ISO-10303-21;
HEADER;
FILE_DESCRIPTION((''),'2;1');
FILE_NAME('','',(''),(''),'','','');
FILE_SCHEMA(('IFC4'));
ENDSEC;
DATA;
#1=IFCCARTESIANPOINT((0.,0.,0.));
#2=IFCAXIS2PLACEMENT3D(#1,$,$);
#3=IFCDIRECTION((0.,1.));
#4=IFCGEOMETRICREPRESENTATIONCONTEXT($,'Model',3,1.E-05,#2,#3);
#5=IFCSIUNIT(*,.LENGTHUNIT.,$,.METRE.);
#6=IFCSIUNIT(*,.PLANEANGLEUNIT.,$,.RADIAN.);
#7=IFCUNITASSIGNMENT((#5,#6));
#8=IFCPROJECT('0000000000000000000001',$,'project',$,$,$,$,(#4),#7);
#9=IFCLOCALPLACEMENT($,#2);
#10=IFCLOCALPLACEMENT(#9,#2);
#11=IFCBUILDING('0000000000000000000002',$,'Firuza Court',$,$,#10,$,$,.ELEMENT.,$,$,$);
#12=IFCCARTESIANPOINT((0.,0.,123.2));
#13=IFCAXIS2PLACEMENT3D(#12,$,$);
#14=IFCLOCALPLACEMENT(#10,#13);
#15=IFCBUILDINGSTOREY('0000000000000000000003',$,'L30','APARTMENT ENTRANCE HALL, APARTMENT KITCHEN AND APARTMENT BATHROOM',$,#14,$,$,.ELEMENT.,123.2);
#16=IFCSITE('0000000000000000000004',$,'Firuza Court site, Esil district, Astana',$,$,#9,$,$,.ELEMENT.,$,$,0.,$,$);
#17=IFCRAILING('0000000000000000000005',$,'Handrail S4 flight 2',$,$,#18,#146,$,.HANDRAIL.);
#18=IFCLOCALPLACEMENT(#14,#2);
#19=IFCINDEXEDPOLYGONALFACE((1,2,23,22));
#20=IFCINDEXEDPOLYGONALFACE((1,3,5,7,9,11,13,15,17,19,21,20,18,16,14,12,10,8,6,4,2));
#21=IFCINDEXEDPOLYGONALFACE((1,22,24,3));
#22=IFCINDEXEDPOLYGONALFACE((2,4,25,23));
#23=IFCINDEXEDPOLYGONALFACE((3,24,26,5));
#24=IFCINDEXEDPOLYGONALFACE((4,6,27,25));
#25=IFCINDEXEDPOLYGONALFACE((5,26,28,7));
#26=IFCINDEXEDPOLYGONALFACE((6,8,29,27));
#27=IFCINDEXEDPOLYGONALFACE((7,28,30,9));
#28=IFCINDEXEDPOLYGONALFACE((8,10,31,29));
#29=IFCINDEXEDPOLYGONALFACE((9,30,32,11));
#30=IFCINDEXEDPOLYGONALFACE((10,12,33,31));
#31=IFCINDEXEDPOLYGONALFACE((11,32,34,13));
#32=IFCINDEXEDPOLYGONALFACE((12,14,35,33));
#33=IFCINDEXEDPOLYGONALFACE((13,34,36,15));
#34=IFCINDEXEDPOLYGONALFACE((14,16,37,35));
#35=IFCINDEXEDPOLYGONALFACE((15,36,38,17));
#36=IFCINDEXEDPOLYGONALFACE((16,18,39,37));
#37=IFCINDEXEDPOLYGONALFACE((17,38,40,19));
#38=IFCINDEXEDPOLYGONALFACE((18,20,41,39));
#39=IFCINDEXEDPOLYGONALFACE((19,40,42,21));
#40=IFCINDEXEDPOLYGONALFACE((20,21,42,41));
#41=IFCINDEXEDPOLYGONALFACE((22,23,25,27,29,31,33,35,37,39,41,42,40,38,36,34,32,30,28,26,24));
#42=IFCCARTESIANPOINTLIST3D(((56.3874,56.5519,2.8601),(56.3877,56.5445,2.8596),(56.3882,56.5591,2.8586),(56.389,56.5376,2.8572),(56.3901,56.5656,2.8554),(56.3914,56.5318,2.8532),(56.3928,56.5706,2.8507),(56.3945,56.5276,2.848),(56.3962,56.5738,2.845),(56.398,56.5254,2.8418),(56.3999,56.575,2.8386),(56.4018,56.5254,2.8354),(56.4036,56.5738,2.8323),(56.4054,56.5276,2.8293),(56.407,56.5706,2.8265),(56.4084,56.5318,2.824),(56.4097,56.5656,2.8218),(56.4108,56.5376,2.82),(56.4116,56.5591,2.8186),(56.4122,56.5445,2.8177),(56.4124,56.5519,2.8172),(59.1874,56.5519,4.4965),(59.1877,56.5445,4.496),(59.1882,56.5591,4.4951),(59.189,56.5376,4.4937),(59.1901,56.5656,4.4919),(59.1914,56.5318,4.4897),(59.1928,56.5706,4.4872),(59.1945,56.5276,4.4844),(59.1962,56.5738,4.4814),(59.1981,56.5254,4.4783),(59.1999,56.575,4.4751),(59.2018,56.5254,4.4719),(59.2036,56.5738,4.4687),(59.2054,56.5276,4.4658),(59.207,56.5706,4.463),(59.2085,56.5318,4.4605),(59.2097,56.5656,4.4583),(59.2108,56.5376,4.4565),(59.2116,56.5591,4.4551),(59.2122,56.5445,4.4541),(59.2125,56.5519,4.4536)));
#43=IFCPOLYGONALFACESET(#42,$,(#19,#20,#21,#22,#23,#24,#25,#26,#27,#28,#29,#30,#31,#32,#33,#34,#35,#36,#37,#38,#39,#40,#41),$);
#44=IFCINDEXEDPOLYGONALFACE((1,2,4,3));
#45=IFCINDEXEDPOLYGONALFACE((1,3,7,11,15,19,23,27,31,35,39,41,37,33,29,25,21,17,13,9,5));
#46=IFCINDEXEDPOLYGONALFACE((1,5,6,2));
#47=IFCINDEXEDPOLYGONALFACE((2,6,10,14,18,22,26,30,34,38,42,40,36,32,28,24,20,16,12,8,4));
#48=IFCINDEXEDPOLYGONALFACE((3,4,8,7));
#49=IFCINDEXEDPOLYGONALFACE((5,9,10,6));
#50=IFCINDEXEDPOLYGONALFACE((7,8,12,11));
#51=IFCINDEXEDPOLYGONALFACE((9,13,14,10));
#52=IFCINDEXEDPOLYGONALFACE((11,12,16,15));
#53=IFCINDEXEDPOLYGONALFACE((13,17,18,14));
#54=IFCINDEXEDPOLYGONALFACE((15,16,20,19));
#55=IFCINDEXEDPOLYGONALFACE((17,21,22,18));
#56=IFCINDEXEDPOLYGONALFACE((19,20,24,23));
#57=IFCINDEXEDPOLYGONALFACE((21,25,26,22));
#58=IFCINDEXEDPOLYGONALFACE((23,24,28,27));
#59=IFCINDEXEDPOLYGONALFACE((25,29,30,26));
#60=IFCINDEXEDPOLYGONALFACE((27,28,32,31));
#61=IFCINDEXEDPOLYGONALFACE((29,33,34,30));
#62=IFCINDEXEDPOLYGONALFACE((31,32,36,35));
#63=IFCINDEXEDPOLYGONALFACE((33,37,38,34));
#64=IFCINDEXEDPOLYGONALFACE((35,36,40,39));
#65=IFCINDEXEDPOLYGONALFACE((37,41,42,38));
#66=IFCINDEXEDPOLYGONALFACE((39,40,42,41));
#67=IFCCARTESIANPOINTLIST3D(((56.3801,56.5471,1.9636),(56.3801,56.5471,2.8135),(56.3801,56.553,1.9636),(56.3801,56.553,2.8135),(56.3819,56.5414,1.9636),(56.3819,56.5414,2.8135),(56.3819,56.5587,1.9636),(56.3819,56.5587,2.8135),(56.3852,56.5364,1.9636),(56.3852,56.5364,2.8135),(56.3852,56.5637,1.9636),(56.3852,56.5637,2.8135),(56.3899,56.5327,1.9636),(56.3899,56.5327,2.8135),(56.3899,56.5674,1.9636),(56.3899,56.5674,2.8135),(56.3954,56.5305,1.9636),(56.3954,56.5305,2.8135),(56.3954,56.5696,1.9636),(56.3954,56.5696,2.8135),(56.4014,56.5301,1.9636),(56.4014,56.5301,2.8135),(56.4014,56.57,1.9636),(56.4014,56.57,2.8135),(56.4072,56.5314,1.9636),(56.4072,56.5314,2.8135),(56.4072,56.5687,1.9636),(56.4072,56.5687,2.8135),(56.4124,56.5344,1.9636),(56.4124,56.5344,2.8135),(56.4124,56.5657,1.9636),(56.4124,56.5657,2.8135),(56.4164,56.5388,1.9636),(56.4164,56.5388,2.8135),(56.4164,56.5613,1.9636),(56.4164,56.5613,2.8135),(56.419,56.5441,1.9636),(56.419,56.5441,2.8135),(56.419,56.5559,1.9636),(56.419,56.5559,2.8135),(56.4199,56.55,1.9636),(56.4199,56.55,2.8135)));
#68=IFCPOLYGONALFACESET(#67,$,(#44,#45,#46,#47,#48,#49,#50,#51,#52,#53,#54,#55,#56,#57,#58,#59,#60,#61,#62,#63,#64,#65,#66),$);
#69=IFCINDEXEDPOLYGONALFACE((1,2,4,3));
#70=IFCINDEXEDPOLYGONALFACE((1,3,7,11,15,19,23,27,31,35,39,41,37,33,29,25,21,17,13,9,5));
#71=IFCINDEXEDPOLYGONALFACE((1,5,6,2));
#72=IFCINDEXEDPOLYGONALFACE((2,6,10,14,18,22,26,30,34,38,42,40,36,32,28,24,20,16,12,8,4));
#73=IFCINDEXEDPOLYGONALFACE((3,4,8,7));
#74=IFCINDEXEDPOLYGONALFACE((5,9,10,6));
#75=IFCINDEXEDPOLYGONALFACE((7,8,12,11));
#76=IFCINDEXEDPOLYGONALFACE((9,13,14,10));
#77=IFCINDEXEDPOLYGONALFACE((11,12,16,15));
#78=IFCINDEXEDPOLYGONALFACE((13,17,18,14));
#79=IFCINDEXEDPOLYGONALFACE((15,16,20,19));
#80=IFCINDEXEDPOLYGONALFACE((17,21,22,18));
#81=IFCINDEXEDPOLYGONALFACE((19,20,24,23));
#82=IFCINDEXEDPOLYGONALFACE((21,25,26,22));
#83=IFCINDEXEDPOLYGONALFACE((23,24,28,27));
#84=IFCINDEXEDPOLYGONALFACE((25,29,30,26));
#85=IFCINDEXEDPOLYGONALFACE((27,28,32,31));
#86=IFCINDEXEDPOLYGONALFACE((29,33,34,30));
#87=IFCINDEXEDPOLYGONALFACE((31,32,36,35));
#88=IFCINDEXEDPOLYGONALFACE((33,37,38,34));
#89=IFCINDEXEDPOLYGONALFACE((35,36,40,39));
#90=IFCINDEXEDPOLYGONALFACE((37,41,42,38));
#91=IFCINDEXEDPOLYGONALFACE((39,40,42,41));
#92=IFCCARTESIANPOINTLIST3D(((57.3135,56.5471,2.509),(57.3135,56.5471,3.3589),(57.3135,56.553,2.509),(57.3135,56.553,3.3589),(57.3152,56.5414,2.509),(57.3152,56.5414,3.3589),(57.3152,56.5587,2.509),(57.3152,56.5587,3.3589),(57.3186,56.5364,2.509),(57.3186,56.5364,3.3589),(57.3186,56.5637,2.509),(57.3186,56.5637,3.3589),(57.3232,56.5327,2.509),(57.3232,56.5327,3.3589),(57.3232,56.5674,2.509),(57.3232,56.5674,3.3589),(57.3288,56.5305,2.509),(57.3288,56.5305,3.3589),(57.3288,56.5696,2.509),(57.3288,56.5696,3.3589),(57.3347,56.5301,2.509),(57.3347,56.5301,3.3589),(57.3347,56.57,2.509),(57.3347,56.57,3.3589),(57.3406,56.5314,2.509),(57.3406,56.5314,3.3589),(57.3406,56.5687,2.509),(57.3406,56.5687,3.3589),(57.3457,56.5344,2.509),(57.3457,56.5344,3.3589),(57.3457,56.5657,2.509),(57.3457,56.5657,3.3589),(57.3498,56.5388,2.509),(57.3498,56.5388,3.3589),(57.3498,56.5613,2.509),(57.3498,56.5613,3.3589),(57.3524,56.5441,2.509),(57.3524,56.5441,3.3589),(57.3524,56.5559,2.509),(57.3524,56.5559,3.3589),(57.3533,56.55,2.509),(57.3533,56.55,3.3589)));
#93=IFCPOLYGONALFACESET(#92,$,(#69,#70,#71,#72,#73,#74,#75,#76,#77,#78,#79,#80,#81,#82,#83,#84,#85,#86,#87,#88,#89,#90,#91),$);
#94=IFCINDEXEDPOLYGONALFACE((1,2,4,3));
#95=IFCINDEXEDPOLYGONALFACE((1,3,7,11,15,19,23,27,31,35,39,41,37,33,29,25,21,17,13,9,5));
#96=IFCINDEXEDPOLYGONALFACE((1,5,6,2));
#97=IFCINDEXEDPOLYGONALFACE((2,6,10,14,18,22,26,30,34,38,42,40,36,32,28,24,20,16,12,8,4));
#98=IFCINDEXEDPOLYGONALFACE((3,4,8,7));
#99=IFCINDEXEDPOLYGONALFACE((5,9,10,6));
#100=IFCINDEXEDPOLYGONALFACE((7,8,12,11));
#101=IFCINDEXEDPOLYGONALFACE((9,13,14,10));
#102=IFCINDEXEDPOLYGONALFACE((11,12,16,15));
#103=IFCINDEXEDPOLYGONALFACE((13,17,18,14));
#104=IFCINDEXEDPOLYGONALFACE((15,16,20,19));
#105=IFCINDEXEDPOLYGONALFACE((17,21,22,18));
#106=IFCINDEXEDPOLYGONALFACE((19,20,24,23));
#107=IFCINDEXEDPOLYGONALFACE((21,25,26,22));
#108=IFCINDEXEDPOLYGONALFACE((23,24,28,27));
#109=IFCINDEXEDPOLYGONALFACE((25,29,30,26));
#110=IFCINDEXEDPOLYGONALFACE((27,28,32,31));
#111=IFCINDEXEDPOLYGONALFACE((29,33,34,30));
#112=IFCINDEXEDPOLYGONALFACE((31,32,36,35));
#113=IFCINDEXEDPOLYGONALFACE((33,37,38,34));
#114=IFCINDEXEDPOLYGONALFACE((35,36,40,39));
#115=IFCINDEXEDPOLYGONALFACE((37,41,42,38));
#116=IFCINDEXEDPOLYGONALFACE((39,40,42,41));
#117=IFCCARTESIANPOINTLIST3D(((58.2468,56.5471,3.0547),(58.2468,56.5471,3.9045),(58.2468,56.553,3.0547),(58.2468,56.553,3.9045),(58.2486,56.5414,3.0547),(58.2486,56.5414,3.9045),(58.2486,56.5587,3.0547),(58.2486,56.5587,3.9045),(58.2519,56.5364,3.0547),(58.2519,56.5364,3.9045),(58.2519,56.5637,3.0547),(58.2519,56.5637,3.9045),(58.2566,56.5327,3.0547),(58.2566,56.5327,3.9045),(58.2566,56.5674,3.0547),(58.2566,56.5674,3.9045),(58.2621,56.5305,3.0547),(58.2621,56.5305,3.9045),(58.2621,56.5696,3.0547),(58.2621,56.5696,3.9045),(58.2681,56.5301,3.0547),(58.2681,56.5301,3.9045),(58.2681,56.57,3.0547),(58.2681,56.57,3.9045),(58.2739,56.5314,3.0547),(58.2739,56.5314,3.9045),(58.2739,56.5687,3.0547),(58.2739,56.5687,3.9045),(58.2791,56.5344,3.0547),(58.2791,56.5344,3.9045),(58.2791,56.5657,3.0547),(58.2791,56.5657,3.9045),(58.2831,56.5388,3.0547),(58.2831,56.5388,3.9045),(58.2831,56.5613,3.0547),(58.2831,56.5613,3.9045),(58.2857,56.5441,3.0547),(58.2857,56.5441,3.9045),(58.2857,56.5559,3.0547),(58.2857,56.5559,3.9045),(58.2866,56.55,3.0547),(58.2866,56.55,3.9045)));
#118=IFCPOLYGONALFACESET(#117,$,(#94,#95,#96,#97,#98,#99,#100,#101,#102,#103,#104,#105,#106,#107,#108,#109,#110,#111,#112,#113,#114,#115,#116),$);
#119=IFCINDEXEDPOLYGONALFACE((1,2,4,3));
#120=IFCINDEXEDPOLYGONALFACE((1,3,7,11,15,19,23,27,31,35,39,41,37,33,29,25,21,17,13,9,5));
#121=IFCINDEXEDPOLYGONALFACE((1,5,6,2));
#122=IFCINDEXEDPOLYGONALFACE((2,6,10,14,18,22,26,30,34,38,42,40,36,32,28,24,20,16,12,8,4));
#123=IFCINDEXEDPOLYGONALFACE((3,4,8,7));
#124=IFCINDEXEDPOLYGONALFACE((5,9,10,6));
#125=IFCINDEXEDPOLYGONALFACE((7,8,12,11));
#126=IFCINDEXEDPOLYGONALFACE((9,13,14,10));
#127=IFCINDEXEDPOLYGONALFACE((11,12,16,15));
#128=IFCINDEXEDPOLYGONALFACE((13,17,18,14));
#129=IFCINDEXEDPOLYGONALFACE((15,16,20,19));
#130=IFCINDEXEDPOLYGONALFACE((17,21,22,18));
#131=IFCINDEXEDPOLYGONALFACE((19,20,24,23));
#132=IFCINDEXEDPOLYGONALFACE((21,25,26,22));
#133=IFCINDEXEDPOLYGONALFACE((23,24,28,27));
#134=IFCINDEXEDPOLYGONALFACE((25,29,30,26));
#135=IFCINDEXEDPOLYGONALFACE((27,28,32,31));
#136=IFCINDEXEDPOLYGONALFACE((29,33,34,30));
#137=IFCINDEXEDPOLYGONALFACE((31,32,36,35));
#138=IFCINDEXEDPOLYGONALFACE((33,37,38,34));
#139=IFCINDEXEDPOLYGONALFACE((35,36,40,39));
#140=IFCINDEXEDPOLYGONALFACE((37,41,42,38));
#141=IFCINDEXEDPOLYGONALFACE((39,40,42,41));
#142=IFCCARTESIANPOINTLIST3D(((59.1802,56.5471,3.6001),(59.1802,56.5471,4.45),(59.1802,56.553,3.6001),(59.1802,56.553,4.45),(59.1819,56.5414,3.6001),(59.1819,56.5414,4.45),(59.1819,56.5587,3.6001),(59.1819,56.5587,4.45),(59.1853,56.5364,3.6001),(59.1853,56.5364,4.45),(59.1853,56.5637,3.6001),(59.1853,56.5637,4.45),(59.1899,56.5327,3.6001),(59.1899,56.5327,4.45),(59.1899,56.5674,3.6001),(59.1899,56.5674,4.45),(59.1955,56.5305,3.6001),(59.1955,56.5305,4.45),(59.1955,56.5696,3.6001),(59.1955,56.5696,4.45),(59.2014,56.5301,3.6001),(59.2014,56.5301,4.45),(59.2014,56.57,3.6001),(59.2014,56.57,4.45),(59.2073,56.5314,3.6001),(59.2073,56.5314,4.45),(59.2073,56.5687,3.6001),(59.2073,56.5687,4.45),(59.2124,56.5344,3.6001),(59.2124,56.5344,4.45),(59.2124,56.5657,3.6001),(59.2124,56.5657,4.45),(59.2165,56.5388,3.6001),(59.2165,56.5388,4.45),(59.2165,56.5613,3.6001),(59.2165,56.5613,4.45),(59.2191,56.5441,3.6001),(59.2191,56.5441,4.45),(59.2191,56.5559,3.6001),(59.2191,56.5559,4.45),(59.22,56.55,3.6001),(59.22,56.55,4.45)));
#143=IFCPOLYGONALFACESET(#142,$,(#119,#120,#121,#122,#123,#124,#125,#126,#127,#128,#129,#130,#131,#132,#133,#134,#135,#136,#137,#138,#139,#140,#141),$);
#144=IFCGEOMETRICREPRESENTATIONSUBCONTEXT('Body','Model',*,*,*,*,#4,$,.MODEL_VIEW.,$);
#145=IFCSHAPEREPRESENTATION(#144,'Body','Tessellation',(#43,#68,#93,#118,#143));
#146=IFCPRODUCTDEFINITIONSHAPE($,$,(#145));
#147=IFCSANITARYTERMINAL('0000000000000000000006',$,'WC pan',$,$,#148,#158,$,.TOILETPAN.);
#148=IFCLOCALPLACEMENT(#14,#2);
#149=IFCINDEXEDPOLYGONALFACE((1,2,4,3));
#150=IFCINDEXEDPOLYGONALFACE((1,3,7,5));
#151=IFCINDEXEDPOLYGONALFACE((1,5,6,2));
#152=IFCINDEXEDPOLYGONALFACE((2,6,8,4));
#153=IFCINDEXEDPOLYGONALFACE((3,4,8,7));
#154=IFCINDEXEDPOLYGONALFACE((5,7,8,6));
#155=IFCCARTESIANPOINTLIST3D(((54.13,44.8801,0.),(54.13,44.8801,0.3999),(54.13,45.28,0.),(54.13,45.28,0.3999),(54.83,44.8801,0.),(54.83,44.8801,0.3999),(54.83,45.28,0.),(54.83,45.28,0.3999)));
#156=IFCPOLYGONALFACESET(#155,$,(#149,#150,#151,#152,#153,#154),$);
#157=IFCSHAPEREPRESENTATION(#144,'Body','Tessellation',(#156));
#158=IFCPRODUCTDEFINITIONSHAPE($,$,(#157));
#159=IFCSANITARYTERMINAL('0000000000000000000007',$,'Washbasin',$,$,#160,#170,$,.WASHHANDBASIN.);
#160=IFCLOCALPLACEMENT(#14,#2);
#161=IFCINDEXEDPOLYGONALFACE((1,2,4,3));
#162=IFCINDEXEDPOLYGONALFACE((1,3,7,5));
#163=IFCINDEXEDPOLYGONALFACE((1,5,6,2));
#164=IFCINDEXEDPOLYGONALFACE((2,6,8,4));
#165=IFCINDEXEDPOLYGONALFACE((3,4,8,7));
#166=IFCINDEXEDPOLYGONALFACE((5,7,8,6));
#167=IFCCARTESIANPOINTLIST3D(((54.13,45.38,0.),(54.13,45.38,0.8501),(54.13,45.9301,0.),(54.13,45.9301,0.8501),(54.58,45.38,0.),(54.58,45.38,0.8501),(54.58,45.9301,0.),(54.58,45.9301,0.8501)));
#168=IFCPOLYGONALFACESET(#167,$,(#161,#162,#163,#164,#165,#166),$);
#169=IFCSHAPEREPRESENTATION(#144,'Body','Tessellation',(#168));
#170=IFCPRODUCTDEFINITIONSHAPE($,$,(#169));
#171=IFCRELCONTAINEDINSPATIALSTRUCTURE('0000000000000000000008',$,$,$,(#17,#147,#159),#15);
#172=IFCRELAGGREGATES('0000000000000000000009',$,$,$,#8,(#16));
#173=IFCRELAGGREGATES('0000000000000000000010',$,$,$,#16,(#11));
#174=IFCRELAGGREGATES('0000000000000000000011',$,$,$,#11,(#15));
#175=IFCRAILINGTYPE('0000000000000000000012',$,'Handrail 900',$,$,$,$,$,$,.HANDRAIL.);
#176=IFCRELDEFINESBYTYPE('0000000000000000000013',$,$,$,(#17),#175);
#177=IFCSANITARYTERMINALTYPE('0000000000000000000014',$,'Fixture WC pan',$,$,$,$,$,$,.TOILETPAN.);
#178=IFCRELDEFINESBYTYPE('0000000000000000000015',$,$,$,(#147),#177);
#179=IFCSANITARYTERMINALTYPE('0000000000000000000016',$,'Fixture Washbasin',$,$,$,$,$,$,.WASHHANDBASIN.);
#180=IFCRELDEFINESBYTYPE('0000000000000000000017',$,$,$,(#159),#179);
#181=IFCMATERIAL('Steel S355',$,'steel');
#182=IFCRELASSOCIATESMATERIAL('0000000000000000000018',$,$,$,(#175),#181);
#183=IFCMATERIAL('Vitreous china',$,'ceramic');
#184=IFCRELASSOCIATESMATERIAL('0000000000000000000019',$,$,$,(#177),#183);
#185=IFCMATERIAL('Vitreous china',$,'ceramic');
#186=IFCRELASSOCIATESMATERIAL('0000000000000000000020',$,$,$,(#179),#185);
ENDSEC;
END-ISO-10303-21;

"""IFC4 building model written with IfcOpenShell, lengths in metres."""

from ifc_helpers import new_model, si_unit, direction, frame, origin, origin_2d, place, context, subcontext, project, spatial, rectangle, circle, extrude, material, type_object, element, save


model = new_model("IFC4")

# Units and contexts
model_context = context("Model", 3, precision=1e-05, world=origin(), true_north=direction((0.0, 1.0)))
body_context = subcontext(model_context, "Body", "Model", "MODEL_VIEW")
ifc_project = project(units=[si_unit("LENGTHUNIT", "METRE"), si_unit("PLANEANGLEUNIT", "RADIAN")], contexts=[model_context])

# Site, building, storey
site_placement = place(None, origin())
site = spatial("IfcSite", under=ifc_project, at=site_placement, Name="Firuza Court site, Esil district, Astana", CompositionType="ELEMENT", RefElevation=0.0)
building_placement = place(site_placement, origin())
building = spatial("IfcBuilding", under=site, at=building_placement, Name="Firuza Court", CompositionType="ELEMENT")
storey_placement = place(building_placement, frame((0.0, 0.0, 123.2)))
storey = spatial("IfcBuildingStorey", under=building, at=storey_placement, Name="L30", Description="APARTMENT ENTRANCE HALL, APARTMENT KITCHEN AND APARTMENT BATHROOM", CompositionType="ELEMENT", Elevation=123.2)

# Railing
ifc_material_1 = material(Name="Steel S355", Category="steel")
railing_type_1 = type_object("IfcRailingType", Name="Handrail 900", PredefinedType="HANDRAIL", material=ifc_material_1)
railing_1_placement = place(storey_placement, frame((56.3999, 56.55, 1.9636)))
element("IfcRailing", 1, at=railing_1_placement, inside=storey, type_object=railing_type_1, Name="Handrail S4 flight 2", PredefinedType="HANDRAIL", context=body_context, shape_type="SweptSolid", body=[
    extrude(circle(Radius=0.0249, at=origin_2d()), frame((0.0, 0.0, 0.875), z_axis=(0.863361, 0.0, 0.504587), x_axis=(0.0, 1.0, 0.0)), (0.0, 0.0, 1.0), 3.2432),
    extrude(circle(Radius=0.02, at=origin_2d()), origin(), (0.0, 0.0, 1.0), 0.8499),
    extrude(circle(Radius=0.02, at=origin_2d()), frame((0.9333, 0.0, 0.5454)), (0.0, 0.0, 1.0), 0.8499),
    extrude(circle(Radius=0.02, at=origin_2d()), frame((1.8667, 0.0, 1.0911)), (0.0, 0.0, 1.0), 0.8499),
    extrude(circle(Radius=0.02, at=origin_2d()), frame((2.8, 0.0, 1.6365)), (0.0, 0.0, 1.0), 0.8499),
])

# Sanitary terminals
ifc_material_2 = material(Name="Vitreous china", Category="ceramic")
sanitary_terminal_type_1 = type_object("IfcSanitaryTerminalType", Name="Fixture WC pan", PredefinedType="TOILETPAN", material=ifc_material_2)
sanitary_terminal_1_placement = place(storey_placement, frame((54.48, 45.0801, 0.0), z_axis=(0.0, 0.0, 1.0), x_axis=(1.0, 0.0, 0.0)))
element("IfcSanitaryTerminal", 2, at=sanitary_terminal_1_placement, inside=storey, type_object=sanitary_terminal_type_1, Name="WC pan", PredefinedType="TOILETPAN", context=body_context, shape_type="SweptSolid", body=[
    extrude(rectangle(XDim=0.7, YDim=0.3999, at=origin_2d()), origin(), (0.0, 0.0, 1.0), 0.3999),
])
ifc_material_3 = material(Name="Vitreous china", Category="ceramic")
sanitary_terminal_type_2 = type_object("IfcSanitaryTerminalType", Name="Fixture Washbasin", PredefinedType="WASHHANDBASIN", material=ifc_material_3)
sanitary_terminal_2_placement = place(storey_placement, frame((54.355, 45.655, 0.0), z_axis=(0.0, 0.0, 1.0), x_axis=(1.0, 0.0, 0.0)))
element("IfcSanitaryTerminal", 3, at=sanitary_terminal_2_placement, inside=storey, type_object=sanitary_terminal_type_2, Name="Washbasin", PredefinedType="WASHHANDBASIN", context=body_context, shape_type="SweptSolid", body=[
    extrude(rectangle(XDim=0.45, YDim=0.55, at=origin_2d()), origin(), (0.0, 0.0, 1.0), 0.8501),
])

save(model, "model.ifc")
